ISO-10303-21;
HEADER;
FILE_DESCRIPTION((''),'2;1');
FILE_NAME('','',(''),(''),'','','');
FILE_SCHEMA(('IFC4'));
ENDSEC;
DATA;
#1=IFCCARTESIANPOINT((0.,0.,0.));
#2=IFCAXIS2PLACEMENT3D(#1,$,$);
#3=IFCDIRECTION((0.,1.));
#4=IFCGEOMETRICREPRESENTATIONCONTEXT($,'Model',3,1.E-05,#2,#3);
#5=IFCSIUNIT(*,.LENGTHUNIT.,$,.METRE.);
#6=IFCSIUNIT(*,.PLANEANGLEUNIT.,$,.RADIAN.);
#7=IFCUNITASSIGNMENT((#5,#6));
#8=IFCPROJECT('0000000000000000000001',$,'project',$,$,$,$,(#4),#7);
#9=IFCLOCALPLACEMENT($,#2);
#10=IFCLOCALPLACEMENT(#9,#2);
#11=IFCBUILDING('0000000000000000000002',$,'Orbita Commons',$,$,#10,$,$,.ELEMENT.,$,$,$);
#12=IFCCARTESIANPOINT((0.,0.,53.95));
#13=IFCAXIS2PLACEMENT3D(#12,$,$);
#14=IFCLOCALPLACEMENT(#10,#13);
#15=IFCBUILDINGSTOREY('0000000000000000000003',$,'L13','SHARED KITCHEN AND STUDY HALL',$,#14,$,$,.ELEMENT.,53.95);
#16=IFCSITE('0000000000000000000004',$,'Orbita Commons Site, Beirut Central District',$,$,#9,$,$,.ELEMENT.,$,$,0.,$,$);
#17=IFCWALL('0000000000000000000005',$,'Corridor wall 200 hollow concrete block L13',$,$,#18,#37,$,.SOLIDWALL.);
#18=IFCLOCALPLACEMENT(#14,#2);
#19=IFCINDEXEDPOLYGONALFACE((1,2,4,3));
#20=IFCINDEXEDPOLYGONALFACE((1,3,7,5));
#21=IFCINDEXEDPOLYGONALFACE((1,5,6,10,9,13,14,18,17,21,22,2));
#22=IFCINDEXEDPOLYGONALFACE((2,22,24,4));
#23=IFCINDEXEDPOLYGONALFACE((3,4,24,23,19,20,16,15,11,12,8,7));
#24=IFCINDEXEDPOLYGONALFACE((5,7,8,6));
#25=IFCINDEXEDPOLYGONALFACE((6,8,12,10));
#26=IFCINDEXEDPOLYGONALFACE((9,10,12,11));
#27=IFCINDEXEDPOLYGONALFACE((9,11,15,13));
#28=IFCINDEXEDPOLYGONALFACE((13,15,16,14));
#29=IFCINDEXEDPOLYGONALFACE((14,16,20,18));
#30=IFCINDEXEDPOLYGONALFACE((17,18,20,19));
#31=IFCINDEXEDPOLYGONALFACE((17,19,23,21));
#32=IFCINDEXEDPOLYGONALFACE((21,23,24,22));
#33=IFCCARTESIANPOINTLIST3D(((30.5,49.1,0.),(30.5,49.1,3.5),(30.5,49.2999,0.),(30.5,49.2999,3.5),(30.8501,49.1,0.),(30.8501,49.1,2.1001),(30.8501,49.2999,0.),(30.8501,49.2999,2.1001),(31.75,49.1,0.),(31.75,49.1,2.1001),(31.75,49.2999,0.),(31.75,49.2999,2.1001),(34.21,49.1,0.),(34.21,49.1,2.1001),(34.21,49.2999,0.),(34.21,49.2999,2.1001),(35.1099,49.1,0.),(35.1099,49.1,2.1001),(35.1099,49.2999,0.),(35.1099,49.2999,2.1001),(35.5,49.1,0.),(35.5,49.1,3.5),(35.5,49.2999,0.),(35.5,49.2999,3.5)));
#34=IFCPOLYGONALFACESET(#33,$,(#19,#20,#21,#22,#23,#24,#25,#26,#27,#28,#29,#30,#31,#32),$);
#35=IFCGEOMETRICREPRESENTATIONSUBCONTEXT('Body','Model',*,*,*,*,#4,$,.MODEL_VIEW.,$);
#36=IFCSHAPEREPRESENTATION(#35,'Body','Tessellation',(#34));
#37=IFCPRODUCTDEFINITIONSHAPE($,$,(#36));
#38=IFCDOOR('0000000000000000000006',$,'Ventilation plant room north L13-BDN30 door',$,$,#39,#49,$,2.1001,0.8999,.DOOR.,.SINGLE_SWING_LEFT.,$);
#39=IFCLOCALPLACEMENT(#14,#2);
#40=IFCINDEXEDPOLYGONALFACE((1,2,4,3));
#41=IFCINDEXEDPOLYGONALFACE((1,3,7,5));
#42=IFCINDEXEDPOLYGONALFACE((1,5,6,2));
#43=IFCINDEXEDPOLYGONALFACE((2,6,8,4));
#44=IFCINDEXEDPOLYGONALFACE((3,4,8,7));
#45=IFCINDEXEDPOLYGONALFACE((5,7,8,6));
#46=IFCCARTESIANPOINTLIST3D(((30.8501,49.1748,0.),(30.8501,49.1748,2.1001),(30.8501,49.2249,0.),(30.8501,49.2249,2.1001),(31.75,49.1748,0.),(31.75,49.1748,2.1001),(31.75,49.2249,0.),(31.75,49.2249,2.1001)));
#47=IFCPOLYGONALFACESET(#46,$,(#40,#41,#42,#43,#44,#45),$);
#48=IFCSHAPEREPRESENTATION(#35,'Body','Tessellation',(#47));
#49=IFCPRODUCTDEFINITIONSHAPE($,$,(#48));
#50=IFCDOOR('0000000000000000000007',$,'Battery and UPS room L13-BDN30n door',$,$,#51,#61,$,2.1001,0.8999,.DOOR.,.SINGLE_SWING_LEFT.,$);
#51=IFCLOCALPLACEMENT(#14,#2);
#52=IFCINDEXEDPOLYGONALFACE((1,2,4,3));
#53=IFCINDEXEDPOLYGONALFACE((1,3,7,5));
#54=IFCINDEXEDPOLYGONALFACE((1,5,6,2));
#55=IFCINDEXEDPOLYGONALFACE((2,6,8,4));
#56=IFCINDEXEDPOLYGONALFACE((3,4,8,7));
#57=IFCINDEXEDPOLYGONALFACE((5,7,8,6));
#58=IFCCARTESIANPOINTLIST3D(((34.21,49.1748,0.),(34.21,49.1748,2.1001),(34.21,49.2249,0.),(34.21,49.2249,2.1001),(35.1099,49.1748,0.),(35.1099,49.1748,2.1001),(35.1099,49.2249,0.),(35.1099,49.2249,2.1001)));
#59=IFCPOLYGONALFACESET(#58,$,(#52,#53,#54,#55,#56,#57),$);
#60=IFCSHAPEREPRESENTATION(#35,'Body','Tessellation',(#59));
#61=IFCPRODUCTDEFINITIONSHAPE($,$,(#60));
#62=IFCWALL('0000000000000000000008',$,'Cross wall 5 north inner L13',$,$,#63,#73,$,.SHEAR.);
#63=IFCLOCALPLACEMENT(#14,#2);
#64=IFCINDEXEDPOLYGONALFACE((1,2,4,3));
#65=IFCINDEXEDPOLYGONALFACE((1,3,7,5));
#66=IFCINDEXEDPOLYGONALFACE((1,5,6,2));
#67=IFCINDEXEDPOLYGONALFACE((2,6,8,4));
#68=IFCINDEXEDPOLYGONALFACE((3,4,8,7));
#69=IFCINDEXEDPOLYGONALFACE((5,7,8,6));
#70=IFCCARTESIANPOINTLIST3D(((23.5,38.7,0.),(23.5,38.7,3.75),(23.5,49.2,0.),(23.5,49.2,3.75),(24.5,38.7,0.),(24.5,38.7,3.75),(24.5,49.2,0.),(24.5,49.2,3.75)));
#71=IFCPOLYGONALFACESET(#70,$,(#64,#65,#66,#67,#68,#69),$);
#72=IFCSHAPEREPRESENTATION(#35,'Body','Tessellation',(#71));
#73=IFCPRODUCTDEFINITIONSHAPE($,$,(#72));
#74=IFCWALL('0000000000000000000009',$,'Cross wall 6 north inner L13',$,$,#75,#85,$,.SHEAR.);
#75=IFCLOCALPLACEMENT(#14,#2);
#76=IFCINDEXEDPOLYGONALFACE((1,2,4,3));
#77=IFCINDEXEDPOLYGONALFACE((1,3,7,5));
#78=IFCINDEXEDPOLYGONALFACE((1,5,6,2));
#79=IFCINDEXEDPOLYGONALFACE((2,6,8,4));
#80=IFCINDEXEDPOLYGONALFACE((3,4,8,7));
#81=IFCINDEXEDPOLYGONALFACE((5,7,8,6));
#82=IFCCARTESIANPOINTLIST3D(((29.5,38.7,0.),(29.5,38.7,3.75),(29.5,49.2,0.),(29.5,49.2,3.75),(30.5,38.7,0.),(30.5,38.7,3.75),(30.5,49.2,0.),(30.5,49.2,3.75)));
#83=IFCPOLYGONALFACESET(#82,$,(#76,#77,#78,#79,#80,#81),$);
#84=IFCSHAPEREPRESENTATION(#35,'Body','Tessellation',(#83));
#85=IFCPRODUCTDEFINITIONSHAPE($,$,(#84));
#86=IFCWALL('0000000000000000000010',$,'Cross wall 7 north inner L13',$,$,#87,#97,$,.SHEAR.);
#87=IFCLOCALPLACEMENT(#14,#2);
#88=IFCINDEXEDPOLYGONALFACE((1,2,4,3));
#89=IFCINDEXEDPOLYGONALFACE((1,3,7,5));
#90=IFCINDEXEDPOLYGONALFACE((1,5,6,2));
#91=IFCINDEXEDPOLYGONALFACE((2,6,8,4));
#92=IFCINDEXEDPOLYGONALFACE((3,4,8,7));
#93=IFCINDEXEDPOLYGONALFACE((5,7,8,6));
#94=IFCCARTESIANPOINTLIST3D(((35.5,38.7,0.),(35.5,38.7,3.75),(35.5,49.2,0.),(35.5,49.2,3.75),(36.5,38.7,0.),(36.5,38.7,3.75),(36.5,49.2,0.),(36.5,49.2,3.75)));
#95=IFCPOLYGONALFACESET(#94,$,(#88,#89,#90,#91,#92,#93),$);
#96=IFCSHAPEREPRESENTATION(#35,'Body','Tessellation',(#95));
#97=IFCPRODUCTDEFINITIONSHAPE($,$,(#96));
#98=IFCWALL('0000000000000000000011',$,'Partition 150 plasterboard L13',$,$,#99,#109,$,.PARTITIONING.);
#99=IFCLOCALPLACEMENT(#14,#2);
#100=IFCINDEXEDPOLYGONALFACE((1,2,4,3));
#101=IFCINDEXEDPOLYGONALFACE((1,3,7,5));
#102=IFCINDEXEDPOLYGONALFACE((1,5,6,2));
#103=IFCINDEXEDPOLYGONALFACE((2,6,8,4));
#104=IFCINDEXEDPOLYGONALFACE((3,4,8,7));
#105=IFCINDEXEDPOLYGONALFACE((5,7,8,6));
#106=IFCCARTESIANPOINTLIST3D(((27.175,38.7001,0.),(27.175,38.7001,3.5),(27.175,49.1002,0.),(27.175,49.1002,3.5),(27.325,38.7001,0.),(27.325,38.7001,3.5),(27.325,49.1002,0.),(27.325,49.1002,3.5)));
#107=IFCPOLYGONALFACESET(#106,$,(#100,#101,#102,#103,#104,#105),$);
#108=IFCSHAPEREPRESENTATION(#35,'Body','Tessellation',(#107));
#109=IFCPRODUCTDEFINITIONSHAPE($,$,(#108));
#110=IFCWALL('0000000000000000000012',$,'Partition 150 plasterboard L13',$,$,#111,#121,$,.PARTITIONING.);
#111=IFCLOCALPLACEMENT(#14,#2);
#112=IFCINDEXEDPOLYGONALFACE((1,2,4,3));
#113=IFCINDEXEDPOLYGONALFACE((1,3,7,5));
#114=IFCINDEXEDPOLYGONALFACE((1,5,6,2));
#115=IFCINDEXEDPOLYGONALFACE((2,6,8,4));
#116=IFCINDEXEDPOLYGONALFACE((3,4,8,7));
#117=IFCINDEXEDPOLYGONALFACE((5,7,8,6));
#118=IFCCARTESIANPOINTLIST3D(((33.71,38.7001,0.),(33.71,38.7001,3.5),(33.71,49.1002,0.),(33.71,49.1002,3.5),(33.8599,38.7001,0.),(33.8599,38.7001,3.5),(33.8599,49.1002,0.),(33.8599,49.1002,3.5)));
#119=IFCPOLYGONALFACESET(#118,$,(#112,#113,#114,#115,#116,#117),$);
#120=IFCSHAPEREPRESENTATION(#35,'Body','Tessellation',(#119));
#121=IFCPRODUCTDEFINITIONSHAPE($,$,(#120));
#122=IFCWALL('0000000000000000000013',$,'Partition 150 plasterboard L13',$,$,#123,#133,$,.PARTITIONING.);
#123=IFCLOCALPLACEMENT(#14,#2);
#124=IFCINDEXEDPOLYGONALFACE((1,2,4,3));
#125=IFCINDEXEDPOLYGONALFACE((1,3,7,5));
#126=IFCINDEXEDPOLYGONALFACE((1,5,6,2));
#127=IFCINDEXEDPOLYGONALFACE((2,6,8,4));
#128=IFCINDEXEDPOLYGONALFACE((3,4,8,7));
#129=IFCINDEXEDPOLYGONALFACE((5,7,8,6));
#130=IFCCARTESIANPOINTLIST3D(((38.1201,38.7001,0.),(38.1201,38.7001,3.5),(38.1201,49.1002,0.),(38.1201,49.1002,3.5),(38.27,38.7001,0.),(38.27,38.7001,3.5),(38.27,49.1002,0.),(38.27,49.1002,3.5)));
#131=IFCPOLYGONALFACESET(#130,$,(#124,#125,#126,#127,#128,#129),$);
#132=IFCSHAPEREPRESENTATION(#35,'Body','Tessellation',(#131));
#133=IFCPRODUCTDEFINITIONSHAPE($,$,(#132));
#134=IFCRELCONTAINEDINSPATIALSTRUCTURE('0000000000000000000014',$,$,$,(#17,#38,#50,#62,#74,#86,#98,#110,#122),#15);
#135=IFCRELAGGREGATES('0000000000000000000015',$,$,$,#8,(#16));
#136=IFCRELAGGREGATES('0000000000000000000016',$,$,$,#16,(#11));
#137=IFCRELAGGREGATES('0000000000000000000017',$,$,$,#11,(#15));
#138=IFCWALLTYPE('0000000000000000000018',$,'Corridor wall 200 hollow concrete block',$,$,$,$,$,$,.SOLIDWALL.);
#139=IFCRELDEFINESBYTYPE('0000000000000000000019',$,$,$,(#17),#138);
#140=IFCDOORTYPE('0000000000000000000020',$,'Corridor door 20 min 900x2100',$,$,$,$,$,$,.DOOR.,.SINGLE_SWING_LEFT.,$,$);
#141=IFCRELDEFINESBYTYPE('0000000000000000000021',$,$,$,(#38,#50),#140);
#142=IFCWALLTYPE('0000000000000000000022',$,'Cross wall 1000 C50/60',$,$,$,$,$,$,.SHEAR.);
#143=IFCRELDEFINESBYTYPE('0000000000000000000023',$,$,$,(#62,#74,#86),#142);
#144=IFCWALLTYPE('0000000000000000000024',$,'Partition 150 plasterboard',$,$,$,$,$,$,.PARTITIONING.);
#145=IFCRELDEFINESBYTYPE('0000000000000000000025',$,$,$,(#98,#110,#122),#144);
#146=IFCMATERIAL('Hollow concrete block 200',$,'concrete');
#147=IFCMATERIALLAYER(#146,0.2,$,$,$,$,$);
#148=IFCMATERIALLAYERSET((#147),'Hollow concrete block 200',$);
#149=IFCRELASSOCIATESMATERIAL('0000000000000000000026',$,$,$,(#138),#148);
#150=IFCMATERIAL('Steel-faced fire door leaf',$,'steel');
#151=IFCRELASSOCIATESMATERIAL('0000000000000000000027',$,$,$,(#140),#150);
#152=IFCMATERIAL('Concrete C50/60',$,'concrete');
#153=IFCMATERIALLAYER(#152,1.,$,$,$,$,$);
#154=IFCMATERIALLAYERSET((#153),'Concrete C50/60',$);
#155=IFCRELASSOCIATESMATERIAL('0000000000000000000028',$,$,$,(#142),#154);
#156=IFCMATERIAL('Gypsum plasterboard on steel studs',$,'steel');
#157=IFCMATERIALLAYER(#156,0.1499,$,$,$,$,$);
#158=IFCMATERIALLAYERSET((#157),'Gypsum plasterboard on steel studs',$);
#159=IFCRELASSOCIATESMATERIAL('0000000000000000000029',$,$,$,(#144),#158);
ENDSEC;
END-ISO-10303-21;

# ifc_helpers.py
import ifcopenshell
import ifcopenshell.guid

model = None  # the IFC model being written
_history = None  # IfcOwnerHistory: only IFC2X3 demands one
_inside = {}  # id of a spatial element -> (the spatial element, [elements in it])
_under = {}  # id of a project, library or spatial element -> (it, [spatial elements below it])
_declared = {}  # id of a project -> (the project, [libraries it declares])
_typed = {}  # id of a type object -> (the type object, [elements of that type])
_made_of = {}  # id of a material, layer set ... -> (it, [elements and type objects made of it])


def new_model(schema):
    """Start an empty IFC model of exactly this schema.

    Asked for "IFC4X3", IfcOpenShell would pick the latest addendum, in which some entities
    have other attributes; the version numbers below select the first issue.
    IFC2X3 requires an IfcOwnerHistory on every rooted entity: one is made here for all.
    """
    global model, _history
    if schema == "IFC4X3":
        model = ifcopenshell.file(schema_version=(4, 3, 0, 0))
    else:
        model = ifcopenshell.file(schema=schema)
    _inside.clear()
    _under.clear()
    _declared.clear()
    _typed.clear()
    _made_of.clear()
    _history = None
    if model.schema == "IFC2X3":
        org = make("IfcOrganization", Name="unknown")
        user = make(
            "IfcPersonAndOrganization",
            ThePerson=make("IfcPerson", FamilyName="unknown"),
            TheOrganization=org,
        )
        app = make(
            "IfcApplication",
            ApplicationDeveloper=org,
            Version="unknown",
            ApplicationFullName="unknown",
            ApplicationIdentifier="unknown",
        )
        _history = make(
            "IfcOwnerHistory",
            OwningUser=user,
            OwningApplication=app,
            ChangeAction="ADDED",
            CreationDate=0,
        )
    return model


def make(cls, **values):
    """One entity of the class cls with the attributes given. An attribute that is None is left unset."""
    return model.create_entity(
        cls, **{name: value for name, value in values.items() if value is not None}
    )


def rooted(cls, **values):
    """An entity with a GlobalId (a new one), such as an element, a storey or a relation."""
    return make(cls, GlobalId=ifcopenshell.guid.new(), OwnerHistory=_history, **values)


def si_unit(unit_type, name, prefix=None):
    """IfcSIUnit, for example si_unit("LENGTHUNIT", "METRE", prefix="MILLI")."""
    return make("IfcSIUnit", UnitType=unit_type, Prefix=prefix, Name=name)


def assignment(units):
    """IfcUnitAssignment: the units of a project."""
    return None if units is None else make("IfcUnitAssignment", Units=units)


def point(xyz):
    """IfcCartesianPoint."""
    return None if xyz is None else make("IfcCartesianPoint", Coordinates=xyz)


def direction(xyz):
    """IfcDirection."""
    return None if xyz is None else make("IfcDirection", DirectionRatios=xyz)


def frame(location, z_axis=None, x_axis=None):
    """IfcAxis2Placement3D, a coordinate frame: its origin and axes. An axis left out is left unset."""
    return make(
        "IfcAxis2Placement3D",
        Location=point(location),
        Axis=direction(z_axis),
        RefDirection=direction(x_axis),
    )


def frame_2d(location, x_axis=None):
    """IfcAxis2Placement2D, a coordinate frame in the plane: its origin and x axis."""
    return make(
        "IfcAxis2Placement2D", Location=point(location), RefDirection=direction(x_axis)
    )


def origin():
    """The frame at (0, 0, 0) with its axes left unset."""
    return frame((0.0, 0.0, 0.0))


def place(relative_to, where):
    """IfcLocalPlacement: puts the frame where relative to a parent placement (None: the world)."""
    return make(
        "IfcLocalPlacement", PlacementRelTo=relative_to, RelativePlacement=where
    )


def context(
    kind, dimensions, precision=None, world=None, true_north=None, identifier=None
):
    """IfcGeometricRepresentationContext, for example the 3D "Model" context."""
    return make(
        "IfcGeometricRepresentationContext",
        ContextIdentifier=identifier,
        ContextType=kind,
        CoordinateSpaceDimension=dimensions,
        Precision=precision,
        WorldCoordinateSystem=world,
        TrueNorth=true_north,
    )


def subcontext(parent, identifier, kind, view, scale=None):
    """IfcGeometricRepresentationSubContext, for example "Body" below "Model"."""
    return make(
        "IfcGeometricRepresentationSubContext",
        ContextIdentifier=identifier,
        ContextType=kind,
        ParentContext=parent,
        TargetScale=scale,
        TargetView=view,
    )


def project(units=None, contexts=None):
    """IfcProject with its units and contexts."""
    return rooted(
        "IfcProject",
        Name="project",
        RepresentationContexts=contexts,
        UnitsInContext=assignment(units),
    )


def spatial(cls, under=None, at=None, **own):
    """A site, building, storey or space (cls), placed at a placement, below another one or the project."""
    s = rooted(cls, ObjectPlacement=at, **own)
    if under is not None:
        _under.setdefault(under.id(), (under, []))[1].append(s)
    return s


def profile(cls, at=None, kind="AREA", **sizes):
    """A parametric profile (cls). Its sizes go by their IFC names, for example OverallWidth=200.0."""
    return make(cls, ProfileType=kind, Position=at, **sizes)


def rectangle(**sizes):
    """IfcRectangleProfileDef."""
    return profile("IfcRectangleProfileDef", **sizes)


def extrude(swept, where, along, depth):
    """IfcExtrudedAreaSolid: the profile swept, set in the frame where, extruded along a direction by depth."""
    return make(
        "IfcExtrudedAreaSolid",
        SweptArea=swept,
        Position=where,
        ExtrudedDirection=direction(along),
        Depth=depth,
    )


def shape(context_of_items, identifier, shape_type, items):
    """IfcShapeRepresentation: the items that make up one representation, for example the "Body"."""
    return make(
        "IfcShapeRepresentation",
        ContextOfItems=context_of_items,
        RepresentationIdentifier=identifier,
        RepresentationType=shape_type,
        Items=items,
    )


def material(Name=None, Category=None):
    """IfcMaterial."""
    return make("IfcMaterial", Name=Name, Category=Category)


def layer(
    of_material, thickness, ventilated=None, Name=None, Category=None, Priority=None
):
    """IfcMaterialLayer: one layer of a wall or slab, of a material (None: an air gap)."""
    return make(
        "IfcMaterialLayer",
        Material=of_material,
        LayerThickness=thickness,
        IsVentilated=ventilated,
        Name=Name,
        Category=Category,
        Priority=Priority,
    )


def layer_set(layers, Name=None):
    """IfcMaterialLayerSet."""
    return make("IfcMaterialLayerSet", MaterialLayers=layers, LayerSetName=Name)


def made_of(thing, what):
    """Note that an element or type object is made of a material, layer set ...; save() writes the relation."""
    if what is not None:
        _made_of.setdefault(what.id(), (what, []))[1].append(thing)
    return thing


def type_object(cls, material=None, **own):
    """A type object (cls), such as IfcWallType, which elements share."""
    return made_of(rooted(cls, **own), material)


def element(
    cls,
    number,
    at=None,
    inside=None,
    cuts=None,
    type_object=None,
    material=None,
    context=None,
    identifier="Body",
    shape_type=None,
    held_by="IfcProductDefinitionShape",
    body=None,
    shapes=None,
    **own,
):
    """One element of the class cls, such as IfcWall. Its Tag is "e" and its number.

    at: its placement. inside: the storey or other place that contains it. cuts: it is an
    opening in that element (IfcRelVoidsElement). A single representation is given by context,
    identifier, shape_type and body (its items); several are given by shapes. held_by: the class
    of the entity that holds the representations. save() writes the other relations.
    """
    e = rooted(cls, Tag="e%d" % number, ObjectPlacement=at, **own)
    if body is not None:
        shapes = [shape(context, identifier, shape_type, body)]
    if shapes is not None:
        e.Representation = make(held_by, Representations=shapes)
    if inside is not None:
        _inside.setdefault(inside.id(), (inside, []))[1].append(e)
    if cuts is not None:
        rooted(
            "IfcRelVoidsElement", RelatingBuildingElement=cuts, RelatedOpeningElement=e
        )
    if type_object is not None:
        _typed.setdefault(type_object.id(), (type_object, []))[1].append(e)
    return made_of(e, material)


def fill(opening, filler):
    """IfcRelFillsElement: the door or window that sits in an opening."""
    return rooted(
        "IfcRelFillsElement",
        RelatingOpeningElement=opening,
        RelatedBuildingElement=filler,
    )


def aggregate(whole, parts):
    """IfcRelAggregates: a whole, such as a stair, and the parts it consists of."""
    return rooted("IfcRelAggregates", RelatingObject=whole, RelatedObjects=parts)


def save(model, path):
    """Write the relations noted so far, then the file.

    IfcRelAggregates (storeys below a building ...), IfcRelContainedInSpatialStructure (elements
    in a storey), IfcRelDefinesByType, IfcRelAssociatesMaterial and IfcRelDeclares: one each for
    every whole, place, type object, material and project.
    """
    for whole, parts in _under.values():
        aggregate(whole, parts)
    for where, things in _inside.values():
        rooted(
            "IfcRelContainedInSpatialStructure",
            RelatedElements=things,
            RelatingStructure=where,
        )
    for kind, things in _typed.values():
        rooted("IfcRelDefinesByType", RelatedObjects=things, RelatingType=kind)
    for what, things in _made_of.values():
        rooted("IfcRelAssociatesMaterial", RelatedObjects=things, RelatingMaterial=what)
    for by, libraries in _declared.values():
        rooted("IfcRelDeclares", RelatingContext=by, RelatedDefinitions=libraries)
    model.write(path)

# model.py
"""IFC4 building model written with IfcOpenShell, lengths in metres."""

from ifc_helpers import new_model, si_unit, direction, frame, frame_2d, origin, place, context, subcontext, project, spatial, rectangle, extrude, material, layer, layer_set, type_object, element, fill, save


model = new_model("IFC4")

# Units and contexts
model_context = context("Model", 3, precision=1e-05, world=origin(), true_north=direction((0.0, 1.0)))
body_context = subcontext(model_context, "Body", "Model", "MODEL_VIEW")
ifc_project = project(units=[si_unit("LENGTHUNIT", "METRE"), si_unit("PLANEANGLEUNIT", "RADIAN")], contexts=[model_context])

# Site, building, storey
site_placement = place(None, origin())
site = spatial("IfcSite", under=ifc_project, at=site_placement, Name="Orbita Commons Site, Beirut Central District", CompositionType="ELEMENT", RefElevation=0.0)
building_placement = place(site_placement, origin())
building = spatial("IfcBuilding", under=site, at=building_placement, Name="Orbita Commons", CompositionType="ELEMENT")
storey_placement = place(building_placement, frame((0.0, 0.0, 53.95)))
storey = spatial("IfcBuildingStorey", under=building, at=storey_placement, Name="L13", Description="SHARED KITCHEN AND STUDY HALL", CompositionType="ELEMENT", Elevation=53.95)

# Wall, openings, doors
ifc_material_1 = material(Name="Hollow concrete block 200", Category="concrete")
ifc_layer_1 = layer(ifc_material_1, 0.2)
ifc_layer_set_1 = layer_set([ifc_layer_1], Name="Hollow concrete block 200")
wall_type_1 = type_object("IfcWallType", Name="Corridor wall 200 hollow concrete block", PredefinedType="SOLIDWALL", material=ifc_layer_set_1)
ifc_material_2 = material(Name="Steel-faced fire door leaf", Category="steel")
door_type = type_object("IfcDoorType", Name="Corridor door 20 min 900x2100", OperationType="SINGLE_SWING_LEFT", PredefinedType="DOOR", material=ifc_material_2)
wall_1_placement = place(storey_placement, frame((30.5, 49.2, 0.0), z_axis=(0.0, 0.0, 1.0), x_axis=(1.0, 0.0, 0.0)))
wall_1 = element("IfcWall", 1, at=wall_1_placement, inside=storey, type_object=wall_type_1, Name="Corridor wall 200 hollow concrete block L13", PredefinedType="SOLIDWALL", context=body_context, shape_type="SweptSolid", body=[
    extrude(rectangle(XDim=5.0, YDim=0.2, at=frame_2d((2.5, 0.0))), origin(), (0.0, 0.0, 1.0), 3.5),
])
opening_1_placement = place(wall_1_placement, frame((0.3501, 0.0, 0.0)))
opening_1 = element("IfcOpeningElement", 2, at=opening_1_placement, cuts=wall_1, PredefinedType="OPENING", context=body_context, shape_type="SweptSolid", body=[
    extrude(rectangle(XDim=0.8999, YDim=2.1001, at=frame_2d((0.45, 1.05))), frame((0.0, 0.1099, 0.0), z_axis=(0.0, -1.0, 0.0), x_axis=(1.0, 0.0, 0.0)), (0.0, 0.0, 1.0), 0.22),
])
opening_2_placement = place(wall_1_placement, frame((3.71, 0.0, 0.0)))
opening_2 = element("IfcOpeningElement", 3, at=opening_2_placement, cuts=wall_1, PredefinedType="OPENING", context=body_context, shape_type="SweptSolid", body=[
    extrude(rectangle(XDim=0.8999, YDim=2.1001, at=frame_2d((0.45, 1.05))), frame((0.0, 0.1099, 0.0), z_axis=(0.0, -1.0, 0.0), x_axis=(1.0, 0.0, 0.0)), (0.0, 0.0, 1.0), 0.22),
])
door_1_placement = place(opening_1_placement, origin())
door_1 = element("IfcDoor", 4, at=door_1_placement, inside=storey, type_object=door_type, Name="Ventilation plant room north L13-BDN30 door", OperationType="SINGLE_SWING_LEFT", OverallHeight=2.1001, OverallWidth=0.8999, PredefinedType="DOOR", context=body_context, shape_type="SweptSolid", body=[
    extrude(rectangle(XDim=0.8999, YDim=2.1001, at=frame_2d((0.45, 1.05))), frame((0.0, 0.0249, 0.0), z_axis=(0.0, -1.0, 0.0), x_axis=(1.0, 0.0, 0.0)), (0.0, 0.0, 1.0), 0.05),
])
fill(opening_1, door_1)
door_2_placement = place(opening_2_placement, origin())
door_2 = element("IfcDoor", 5, at=door_2_placement, inside=storey, type_object=door_type, Name="Battery and UPS room L13-BDN30n door", OperationType="SINGLE_SWING_LEFT", OverallHeight=2.1001, OverallWidth=0.8999, PredefinedType="DOOR", context=body_context, shape_type="SweptSolid", body=[
    extrude(rectangle(XDim=0.8999, YDim=2.1001, at=frame_2d((0.45, 1.05))), frame((0.0, 0.0249, 0.0), z_axis=(0.0, -1.0, 0.0), x_axis=(1.0, 0.0, 0.0)), (0.0, 0.0, 1.0), 0.05),
])
fill(opening_2, door_2)

# Walls
ifc_material_3 = material(Name="Concrete C50/60", Category="concrete")
ifc_layer_2 = layer(ifc_material_3, 1.0)
ifc_layer_set_2 = layer_set([ifc_layer_2], Name="Concrete C50/60")
wall_type_2 = type_object("IfcWallType", Name="Cross wall 1000 C50/60", PredefinedType="SHEAR", material=ifc_layer_set_2)
for number, where, z_axis, x_axis, name in (
    (6, (24.0, 38.7, 0.0), (0.0, 0.0, 1.0), (0.0, 1.0, 0.0), "Cross wall 5 north inner L13"),
    (7, (30.0, 38.7, 0.0), (0.0, 0.0, 1.0), (0.0, 1.0, 0.0), "Cross wall 6 north inner L13"),
    (8, (36.0, 38.7, 0.0), (0.0, 0.0, 1.0), (0.0, 1.0, 0.0), "Cross wall 7 north inner L13"),
):
    element("IfcWall", number, at=place(storey_placement, frame(where, z_axis=z_axis, x_axis=x_axis)), inside=storey, type_object=wall_type_2, Name=name, PredefinedType="SHEAR", context=body_context, shape_type="SweptSolid", body=[
        extrude(rectangle(XDim=10.5, YDim=1.0, at=frame_2d((5.25, 0.0))), origin(), (0.0, 0.0, 1.0), 3.75),
    ])
ifc_material_4 = material(Name="Gypsum plasterboard on steel studs", Category="steel")
ifc_layer_3 = layer(ifc_material_4, 0.1499)
ifc_layer_set_3 = layer_set([ifc_layer_3], Name="Gypsum plasterboard on steel studs")
wall_type_3 = type_object("IfcWallType", Name="Partition 150 plasterboard", PredefinedType="PARTITIONING", material=ifc_layer_set_3)
for number, where, z_axis, x_axis, name in (
    (9, (27.25, 38.7, 0.0), (0.0, 0.0, 1.0), (0.0, 1.0, 0.0), "Partition 150 plasterboard L13"),
    (10, (33.7849, 38.7, 0.0), (0.0, 0.0, 1.0), (0.0, 1.0, 0.0), "Partition 150 plasterboard L13"),
    (11, (38.1951, 38.7, 0.0), (0.0, 0.0, 1.0), (0.0, 1.0, 0.0), "Partition 150 plasterboard L13"),
):
    element("IfcWall", number, at=place(storey_placement, frame(where, z_axis=z_axis, x_axis=x_axis)), inside=storey, type_object=wall_type_3, Name=name, PredefinedType="PARTITIONING", context=body_context, shape_type="SweptSolid", body=[
        extrude(rectangle(XDim=10.4001, YDim=0.1499, at=frame_2d((5.2002, 0.0))), origin(), (0.0, 0.0, 1.0), 3.5),
    ])

save(model, "model.ifc")
